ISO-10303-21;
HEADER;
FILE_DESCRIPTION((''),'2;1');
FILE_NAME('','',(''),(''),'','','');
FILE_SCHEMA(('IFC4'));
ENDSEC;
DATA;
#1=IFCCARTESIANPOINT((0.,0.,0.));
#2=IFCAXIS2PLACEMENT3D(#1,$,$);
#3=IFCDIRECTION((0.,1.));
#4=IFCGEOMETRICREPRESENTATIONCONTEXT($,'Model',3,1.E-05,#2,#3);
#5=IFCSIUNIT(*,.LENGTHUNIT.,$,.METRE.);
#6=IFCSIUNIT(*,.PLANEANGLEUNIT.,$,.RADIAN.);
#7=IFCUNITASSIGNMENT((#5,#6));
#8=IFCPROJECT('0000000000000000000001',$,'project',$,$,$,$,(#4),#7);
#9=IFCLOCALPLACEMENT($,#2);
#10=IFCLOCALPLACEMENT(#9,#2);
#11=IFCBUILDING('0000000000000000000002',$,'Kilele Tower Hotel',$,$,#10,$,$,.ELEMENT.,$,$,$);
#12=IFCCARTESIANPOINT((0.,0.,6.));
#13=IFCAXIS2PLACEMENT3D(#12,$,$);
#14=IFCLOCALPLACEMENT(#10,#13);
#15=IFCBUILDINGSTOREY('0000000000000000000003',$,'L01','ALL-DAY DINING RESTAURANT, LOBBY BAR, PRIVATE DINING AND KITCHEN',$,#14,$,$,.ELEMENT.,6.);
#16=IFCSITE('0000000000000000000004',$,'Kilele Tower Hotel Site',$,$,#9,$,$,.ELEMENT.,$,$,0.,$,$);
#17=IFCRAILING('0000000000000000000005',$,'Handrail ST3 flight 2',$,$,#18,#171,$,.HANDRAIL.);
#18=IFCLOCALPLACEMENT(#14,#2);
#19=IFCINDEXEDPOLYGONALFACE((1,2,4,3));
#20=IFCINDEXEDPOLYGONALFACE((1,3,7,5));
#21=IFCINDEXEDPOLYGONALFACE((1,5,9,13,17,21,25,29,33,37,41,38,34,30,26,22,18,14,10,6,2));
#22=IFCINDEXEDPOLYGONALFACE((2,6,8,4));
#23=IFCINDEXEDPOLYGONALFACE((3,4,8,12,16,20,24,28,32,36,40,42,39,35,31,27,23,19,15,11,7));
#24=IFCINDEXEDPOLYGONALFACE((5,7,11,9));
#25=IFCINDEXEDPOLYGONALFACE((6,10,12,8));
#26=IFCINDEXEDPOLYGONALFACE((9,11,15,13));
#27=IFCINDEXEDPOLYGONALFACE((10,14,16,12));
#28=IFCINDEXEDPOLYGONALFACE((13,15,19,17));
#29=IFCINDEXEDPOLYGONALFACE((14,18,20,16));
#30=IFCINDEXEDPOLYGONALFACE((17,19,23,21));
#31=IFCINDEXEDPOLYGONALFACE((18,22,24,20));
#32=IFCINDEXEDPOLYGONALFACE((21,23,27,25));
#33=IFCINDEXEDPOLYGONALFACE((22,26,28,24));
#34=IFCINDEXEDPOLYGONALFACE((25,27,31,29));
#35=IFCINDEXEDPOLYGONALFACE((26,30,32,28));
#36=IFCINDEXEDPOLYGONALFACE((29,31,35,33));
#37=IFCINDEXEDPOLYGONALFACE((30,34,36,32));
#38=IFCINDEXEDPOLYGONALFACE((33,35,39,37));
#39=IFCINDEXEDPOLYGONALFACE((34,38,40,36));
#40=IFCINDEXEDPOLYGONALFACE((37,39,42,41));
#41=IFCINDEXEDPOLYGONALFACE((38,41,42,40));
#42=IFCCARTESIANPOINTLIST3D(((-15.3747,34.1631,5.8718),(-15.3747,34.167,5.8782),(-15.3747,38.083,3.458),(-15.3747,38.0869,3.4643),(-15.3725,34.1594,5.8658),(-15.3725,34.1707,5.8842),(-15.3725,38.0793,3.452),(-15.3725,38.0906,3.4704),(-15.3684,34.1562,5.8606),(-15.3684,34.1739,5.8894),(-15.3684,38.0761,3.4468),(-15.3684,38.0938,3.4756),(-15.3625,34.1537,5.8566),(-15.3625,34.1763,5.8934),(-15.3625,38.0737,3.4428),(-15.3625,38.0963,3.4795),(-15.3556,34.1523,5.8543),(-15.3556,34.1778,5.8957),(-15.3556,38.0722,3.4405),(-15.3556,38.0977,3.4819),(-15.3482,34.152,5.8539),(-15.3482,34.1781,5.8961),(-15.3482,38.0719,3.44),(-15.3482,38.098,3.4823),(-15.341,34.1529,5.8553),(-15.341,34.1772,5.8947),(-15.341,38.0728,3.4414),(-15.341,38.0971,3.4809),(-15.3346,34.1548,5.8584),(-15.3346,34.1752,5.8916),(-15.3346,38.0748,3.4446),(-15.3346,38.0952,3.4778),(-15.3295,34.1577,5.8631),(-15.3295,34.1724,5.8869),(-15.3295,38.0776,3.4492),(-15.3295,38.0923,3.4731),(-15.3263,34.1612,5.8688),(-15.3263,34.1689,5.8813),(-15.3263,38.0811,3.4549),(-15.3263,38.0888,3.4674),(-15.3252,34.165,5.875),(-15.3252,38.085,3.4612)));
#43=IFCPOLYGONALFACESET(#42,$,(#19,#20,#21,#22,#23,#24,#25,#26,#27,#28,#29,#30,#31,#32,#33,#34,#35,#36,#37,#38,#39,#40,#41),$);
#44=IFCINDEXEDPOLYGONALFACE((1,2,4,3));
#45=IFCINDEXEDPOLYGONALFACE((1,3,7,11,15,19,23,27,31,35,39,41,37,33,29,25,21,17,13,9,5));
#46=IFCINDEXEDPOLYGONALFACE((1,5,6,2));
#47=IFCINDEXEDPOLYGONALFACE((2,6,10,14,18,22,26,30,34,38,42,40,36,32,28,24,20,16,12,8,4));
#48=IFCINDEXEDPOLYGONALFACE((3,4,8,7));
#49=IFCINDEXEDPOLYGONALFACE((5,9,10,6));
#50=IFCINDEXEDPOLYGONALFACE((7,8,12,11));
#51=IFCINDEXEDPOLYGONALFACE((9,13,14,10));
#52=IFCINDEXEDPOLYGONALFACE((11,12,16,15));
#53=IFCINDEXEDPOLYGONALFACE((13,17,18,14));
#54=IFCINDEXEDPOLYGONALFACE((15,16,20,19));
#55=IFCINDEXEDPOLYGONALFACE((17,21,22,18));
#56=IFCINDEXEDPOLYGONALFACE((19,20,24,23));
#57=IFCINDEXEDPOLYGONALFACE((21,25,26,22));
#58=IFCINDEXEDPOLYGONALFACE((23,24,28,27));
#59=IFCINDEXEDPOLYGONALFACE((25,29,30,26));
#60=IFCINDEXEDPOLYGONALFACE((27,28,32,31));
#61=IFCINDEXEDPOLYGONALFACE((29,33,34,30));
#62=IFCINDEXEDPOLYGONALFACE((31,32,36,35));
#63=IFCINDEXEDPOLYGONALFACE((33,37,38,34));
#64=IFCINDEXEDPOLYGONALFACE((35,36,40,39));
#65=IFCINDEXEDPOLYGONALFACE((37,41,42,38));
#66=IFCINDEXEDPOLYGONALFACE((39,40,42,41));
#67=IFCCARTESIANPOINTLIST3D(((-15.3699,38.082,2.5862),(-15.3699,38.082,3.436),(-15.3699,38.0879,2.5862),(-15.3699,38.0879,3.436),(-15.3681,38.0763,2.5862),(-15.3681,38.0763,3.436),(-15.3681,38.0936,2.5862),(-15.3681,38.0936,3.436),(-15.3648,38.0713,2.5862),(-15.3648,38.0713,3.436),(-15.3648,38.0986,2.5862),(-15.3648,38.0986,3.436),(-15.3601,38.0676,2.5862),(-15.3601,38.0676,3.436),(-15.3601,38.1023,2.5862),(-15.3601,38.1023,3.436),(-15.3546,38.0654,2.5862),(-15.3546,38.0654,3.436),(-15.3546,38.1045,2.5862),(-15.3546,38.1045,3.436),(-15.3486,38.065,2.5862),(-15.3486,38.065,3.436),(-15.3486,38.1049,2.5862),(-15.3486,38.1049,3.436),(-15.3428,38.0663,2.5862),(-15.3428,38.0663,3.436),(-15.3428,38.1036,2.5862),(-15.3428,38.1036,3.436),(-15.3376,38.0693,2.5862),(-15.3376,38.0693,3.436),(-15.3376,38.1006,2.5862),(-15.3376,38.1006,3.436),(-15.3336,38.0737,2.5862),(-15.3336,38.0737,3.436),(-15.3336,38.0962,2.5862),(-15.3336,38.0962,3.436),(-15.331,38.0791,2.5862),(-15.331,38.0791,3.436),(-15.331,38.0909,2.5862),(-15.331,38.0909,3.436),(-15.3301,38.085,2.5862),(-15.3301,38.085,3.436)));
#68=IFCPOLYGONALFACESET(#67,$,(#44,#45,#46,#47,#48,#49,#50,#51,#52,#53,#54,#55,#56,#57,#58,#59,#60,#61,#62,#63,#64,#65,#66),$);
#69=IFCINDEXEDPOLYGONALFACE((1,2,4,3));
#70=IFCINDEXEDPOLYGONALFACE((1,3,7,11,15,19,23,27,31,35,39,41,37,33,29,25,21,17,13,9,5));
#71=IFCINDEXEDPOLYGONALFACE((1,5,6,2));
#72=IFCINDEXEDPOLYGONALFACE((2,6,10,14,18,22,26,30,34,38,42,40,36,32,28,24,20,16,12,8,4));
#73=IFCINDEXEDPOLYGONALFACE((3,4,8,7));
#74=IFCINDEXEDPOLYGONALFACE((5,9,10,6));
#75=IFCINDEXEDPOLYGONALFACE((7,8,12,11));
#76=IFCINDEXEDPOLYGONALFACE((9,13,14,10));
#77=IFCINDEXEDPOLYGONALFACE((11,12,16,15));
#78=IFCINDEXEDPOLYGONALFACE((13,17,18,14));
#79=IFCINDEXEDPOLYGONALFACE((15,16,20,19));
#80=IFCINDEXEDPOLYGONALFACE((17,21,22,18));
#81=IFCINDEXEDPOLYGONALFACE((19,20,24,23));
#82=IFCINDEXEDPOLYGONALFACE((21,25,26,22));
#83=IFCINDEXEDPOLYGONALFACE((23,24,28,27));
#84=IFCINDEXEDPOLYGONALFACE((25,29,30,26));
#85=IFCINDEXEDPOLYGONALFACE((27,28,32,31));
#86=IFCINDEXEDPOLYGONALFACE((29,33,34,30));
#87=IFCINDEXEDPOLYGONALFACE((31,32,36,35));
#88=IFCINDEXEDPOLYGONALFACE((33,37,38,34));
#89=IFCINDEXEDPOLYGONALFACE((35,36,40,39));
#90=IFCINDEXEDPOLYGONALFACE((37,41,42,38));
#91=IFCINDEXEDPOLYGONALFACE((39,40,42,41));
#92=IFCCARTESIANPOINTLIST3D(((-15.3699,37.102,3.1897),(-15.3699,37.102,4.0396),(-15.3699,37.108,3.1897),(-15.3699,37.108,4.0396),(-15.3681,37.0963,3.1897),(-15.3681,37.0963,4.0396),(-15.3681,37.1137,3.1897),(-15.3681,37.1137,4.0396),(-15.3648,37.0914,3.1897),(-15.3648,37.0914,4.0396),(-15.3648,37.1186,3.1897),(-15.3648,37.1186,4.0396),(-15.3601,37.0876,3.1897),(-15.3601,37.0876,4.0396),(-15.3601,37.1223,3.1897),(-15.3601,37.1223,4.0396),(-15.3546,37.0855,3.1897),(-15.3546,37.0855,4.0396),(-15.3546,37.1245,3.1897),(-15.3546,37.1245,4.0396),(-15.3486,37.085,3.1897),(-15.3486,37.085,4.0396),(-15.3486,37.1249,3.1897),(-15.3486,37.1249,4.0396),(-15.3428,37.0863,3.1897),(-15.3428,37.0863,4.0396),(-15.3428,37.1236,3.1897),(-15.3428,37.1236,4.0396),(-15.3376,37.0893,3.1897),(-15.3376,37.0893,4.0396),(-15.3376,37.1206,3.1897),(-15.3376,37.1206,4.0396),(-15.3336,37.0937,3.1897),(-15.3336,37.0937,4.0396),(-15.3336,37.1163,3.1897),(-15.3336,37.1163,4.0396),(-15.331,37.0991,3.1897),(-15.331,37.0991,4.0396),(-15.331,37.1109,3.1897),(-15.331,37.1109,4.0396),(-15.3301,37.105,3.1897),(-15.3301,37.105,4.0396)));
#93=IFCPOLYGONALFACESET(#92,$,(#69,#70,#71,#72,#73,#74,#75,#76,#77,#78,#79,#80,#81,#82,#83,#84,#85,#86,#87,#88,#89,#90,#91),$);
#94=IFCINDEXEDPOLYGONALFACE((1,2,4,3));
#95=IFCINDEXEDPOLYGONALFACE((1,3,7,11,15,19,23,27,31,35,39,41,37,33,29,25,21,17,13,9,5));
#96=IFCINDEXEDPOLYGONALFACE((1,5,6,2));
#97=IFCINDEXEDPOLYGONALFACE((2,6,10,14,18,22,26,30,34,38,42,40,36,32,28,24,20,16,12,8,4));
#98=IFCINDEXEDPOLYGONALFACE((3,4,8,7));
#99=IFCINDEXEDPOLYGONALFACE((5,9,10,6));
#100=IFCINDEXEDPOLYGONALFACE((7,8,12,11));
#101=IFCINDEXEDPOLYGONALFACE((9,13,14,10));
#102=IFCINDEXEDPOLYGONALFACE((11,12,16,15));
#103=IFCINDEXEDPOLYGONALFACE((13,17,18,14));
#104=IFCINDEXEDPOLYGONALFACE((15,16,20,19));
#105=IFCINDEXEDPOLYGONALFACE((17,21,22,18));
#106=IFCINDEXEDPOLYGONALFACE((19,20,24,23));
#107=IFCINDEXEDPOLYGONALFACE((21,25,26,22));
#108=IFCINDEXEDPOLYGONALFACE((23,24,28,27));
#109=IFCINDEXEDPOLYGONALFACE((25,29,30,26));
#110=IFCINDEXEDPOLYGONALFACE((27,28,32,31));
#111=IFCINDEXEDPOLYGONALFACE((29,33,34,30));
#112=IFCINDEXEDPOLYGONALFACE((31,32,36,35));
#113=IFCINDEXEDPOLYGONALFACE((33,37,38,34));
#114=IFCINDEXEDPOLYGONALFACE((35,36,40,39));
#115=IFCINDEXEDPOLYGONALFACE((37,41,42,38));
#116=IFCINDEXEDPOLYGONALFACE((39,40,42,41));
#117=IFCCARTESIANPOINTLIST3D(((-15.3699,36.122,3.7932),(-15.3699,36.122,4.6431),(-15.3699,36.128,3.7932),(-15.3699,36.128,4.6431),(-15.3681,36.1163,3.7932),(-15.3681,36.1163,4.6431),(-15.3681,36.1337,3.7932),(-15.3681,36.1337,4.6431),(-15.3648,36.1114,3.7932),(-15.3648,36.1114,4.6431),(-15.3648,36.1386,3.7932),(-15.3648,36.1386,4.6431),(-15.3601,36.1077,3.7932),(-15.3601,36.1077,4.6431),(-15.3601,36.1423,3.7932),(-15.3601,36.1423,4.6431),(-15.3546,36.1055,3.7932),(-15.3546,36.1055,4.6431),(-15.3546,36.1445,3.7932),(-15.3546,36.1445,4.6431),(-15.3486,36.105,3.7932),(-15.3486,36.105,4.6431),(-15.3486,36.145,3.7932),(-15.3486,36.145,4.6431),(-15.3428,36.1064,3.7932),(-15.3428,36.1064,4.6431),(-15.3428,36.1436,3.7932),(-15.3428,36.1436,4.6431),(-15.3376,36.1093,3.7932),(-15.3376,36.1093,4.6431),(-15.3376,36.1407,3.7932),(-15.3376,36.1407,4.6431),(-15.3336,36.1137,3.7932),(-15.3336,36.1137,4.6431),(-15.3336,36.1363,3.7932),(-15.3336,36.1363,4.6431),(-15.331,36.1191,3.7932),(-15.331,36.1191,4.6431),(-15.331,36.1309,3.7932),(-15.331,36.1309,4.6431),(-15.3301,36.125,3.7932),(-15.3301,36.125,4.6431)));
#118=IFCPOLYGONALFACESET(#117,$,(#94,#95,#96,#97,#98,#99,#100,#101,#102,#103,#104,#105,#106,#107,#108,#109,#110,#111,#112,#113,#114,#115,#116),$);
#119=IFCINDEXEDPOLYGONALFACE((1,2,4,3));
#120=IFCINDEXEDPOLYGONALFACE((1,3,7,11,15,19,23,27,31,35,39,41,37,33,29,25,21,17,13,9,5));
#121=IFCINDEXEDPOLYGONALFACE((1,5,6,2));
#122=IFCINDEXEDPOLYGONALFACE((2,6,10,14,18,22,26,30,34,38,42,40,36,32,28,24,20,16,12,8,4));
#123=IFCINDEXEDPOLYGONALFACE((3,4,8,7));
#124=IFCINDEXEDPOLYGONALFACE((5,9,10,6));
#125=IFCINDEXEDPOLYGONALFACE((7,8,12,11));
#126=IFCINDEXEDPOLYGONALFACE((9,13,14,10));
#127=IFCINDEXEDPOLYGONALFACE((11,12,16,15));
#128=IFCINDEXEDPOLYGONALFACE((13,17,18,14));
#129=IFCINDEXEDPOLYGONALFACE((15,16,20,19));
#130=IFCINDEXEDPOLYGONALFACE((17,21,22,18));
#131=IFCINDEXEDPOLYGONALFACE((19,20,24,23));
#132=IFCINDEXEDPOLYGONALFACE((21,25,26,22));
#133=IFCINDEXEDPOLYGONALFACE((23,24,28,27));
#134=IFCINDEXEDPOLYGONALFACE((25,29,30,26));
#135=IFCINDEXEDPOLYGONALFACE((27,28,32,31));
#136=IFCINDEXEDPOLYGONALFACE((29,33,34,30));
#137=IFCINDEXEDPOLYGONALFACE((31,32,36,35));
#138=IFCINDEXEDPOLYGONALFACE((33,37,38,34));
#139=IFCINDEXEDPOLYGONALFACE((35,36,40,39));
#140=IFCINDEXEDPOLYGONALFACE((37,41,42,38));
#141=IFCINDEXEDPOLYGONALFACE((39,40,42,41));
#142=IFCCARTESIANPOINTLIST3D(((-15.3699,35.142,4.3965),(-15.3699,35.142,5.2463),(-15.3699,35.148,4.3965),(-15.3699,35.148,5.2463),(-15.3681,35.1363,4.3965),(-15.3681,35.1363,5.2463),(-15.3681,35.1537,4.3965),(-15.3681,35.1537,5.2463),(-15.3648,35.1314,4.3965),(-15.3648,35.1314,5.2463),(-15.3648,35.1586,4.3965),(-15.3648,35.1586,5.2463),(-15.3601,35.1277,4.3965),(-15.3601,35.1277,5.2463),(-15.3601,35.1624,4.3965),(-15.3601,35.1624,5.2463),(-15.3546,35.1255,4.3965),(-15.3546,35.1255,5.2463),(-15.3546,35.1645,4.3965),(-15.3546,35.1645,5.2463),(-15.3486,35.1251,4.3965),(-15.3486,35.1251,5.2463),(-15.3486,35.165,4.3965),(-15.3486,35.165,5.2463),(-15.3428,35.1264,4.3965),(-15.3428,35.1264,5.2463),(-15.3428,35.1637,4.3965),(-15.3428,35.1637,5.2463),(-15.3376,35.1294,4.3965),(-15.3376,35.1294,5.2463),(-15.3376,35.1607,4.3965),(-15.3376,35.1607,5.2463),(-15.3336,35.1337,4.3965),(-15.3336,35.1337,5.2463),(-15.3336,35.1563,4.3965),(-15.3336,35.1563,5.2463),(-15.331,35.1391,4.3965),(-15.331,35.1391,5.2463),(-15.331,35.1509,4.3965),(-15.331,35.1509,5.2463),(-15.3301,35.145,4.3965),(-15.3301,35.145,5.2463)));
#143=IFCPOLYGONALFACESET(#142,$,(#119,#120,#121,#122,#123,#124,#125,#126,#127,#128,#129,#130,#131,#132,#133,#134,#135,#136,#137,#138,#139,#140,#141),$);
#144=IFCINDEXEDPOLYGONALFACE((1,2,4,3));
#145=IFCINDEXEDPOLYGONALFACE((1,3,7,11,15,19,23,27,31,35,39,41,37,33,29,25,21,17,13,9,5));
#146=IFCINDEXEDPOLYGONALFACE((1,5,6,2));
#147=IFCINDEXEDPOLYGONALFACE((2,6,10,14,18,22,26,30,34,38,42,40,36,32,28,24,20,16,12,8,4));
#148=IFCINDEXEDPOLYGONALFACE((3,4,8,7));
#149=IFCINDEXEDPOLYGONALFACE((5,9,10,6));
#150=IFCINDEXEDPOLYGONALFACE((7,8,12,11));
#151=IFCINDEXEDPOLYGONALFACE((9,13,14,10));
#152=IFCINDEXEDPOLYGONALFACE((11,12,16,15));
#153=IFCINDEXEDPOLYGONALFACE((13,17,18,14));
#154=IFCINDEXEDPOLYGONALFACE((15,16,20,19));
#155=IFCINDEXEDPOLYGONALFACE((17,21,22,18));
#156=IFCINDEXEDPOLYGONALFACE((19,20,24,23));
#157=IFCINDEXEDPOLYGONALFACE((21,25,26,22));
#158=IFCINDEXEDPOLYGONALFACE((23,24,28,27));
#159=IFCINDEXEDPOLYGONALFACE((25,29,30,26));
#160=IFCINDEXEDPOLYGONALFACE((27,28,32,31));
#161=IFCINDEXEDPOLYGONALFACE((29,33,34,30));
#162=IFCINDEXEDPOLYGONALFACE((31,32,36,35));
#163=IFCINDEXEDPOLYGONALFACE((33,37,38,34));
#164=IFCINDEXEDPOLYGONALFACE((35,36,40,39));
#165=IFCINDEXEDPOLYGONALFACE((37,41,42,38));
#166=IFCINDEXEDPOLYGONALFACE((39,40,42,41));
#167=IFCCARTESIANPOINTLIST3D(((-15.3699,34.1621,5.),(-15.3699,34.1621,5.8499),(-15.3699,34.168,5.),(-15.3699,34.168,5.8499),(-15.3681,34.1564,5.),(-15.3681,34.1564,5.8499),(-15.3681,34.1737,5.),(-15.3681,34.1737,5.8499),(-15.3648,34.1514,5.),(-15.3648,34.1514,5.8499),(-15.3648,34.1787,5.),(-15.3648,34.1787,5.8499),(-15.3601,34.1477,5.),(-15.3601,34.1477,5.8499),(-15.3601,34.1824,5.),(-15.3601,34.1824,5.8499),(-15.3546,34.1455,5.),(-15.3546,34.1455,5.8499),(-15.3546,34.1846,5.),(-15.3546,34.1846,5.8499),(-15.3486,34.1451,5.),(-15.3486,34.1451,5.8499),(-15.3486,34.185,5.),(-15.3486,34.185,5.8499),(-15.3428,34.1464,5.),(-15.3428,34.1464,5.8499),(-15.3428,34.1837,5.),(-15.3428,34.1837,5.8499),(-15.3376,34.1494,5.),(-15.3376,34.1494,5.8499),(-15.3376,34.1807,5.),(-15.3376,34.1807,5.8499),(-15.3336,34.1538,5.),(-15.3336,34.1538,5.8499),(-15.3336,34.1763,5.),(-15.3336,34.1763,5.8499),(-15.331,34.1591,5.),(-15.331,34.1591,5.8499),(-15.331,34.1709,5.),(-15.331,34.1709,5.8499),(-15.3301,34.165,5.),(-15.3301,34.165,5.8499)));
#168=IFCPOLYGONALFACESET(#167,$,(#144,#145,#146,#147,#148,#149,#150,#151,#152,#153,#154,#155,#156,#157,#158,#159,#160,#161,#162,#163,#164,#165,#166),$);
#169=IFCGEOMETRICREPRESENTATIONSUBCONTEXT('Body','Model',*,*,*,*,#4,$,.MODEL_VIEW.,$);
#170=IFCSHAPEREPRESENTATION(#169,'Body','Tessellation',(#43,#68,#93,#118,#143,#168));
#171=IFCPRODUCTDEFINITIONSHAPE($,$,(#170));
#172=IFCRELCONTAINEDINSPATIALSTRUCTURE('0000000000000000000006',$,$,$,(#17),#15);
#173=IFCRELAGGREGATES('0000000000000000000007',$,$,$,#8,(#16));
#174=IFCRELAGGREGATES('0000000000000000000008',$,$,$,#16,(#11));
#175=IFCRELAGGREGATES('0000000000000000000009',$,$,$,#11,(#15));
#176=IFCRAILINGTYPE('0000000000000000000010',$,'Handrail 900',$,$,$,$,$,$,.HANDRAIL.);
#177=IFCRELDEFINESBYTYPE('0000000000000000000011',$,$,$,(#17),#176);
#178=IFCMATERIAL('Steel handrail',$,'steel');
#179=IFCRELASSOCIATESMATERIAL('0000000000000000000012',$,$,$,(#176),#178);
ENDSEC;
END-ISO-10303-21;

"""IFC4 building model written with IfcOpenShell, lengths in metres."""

from ifc_helpers import new_model, si_unit, direction, frame, origin, origin_2d, place, context, subcontext, project, spatial, circle, extrude, material, type_object, element, save


model = new_model("IFC4")

# Units and contexts
model_context = context("Model", 3, precision=1e-05, world=origin(), true_north=direction((0.0, 1.0)))
body_context = subcontext(model_context, "Body", "Model", "MODEL_VIEW")
ifc_project = project(units=[si_unit("LENGTHUNIT", "METRE"), si_unit("PLANEANGLEUNIT", "RADIAN")], contexts=[model_context])

# Site, building, storey
site_placement = place(None, origin())
site = spatial("IfcSite", under=ifc_project, at=site_placement, Name="Kilele Tower Hotel Site", CompositionType="ELEMENT", RefElevation=0.0)
building_placement = place(site_placement, origin())
building = spatial("IfcBuilding", under=site, at=building_placement, Name="Kilele Tower Hotel", CompositionType="ELEMENT")
storey_placement = place(building_placement, frame((0.0, 0.0, 6.0)))
storey = spatial("IfcBuildingStorey", under=building, at=storey_placement, Name="L01", Description="ALL-DAY DINING RESTAURANT, LOBBY BAR, PRIVATE DINING AND KITCHEN", CompositionType="ELEMENT", Elevation=6.0)

# Railing
ifc_material_1 = material(Name="Steel handrail", Category="steel")
railing_type_1 = type_object("IfcRailingType", Name="Handrail 900", PredefinedType="HANDRAIL", material=ifc_material_1)
for number, where, name in (
    (1, (-15.3501, 38.085, 2.5862), "Handrail ST3 flight 2"),
):
    element("IfcRailing", number, at=place(storey_placement, frame(where)), inside=storey, type_object=railing_type_1, Name=name, PredefinedType="HANDRAIL", context=body_context, shape_type="SweptSolid", body=[
        extrude(circle(Radius=0.0249, at=origin_2d()), frame((0.0, 0.0, 0.875), z_axis=(0.0, -0.851507, 0.524343), x_axis=(1.0, 0.0, 0.0)), (0.0, 0.0, 1.0), 4.6035),
        extrude(circle(Radius=0.02, at=origin_2d()), origin(), (0.0, 0.0, 1.0), 0.8499),
        extrude(circle(Radius=0.02, at=origin_2d()), frame((0.0, -0.98, 0.6035)), (0.0, 0.0, 1.0), 0.8499),
        extrude(circle(Radius=0.02, at=origin_2d()), frame((0.0, -1.96, 1.207)), (0.0, 0.0, 1.0), 0.8499),
        extrude(circle(Radius=0.02, at=origin_2d()), frame((0.0, -2.9399, 1.8103)), (0.0, 0.0, 1.0), 0.8499),
        extrude(circle(Radius=0.02, at=origin_2d()), frame((0.0, -3.9199, 2.4138)), (0.0, 0.0, 1.0), 0.8499),
    ])

save(model, "model.ifc")
